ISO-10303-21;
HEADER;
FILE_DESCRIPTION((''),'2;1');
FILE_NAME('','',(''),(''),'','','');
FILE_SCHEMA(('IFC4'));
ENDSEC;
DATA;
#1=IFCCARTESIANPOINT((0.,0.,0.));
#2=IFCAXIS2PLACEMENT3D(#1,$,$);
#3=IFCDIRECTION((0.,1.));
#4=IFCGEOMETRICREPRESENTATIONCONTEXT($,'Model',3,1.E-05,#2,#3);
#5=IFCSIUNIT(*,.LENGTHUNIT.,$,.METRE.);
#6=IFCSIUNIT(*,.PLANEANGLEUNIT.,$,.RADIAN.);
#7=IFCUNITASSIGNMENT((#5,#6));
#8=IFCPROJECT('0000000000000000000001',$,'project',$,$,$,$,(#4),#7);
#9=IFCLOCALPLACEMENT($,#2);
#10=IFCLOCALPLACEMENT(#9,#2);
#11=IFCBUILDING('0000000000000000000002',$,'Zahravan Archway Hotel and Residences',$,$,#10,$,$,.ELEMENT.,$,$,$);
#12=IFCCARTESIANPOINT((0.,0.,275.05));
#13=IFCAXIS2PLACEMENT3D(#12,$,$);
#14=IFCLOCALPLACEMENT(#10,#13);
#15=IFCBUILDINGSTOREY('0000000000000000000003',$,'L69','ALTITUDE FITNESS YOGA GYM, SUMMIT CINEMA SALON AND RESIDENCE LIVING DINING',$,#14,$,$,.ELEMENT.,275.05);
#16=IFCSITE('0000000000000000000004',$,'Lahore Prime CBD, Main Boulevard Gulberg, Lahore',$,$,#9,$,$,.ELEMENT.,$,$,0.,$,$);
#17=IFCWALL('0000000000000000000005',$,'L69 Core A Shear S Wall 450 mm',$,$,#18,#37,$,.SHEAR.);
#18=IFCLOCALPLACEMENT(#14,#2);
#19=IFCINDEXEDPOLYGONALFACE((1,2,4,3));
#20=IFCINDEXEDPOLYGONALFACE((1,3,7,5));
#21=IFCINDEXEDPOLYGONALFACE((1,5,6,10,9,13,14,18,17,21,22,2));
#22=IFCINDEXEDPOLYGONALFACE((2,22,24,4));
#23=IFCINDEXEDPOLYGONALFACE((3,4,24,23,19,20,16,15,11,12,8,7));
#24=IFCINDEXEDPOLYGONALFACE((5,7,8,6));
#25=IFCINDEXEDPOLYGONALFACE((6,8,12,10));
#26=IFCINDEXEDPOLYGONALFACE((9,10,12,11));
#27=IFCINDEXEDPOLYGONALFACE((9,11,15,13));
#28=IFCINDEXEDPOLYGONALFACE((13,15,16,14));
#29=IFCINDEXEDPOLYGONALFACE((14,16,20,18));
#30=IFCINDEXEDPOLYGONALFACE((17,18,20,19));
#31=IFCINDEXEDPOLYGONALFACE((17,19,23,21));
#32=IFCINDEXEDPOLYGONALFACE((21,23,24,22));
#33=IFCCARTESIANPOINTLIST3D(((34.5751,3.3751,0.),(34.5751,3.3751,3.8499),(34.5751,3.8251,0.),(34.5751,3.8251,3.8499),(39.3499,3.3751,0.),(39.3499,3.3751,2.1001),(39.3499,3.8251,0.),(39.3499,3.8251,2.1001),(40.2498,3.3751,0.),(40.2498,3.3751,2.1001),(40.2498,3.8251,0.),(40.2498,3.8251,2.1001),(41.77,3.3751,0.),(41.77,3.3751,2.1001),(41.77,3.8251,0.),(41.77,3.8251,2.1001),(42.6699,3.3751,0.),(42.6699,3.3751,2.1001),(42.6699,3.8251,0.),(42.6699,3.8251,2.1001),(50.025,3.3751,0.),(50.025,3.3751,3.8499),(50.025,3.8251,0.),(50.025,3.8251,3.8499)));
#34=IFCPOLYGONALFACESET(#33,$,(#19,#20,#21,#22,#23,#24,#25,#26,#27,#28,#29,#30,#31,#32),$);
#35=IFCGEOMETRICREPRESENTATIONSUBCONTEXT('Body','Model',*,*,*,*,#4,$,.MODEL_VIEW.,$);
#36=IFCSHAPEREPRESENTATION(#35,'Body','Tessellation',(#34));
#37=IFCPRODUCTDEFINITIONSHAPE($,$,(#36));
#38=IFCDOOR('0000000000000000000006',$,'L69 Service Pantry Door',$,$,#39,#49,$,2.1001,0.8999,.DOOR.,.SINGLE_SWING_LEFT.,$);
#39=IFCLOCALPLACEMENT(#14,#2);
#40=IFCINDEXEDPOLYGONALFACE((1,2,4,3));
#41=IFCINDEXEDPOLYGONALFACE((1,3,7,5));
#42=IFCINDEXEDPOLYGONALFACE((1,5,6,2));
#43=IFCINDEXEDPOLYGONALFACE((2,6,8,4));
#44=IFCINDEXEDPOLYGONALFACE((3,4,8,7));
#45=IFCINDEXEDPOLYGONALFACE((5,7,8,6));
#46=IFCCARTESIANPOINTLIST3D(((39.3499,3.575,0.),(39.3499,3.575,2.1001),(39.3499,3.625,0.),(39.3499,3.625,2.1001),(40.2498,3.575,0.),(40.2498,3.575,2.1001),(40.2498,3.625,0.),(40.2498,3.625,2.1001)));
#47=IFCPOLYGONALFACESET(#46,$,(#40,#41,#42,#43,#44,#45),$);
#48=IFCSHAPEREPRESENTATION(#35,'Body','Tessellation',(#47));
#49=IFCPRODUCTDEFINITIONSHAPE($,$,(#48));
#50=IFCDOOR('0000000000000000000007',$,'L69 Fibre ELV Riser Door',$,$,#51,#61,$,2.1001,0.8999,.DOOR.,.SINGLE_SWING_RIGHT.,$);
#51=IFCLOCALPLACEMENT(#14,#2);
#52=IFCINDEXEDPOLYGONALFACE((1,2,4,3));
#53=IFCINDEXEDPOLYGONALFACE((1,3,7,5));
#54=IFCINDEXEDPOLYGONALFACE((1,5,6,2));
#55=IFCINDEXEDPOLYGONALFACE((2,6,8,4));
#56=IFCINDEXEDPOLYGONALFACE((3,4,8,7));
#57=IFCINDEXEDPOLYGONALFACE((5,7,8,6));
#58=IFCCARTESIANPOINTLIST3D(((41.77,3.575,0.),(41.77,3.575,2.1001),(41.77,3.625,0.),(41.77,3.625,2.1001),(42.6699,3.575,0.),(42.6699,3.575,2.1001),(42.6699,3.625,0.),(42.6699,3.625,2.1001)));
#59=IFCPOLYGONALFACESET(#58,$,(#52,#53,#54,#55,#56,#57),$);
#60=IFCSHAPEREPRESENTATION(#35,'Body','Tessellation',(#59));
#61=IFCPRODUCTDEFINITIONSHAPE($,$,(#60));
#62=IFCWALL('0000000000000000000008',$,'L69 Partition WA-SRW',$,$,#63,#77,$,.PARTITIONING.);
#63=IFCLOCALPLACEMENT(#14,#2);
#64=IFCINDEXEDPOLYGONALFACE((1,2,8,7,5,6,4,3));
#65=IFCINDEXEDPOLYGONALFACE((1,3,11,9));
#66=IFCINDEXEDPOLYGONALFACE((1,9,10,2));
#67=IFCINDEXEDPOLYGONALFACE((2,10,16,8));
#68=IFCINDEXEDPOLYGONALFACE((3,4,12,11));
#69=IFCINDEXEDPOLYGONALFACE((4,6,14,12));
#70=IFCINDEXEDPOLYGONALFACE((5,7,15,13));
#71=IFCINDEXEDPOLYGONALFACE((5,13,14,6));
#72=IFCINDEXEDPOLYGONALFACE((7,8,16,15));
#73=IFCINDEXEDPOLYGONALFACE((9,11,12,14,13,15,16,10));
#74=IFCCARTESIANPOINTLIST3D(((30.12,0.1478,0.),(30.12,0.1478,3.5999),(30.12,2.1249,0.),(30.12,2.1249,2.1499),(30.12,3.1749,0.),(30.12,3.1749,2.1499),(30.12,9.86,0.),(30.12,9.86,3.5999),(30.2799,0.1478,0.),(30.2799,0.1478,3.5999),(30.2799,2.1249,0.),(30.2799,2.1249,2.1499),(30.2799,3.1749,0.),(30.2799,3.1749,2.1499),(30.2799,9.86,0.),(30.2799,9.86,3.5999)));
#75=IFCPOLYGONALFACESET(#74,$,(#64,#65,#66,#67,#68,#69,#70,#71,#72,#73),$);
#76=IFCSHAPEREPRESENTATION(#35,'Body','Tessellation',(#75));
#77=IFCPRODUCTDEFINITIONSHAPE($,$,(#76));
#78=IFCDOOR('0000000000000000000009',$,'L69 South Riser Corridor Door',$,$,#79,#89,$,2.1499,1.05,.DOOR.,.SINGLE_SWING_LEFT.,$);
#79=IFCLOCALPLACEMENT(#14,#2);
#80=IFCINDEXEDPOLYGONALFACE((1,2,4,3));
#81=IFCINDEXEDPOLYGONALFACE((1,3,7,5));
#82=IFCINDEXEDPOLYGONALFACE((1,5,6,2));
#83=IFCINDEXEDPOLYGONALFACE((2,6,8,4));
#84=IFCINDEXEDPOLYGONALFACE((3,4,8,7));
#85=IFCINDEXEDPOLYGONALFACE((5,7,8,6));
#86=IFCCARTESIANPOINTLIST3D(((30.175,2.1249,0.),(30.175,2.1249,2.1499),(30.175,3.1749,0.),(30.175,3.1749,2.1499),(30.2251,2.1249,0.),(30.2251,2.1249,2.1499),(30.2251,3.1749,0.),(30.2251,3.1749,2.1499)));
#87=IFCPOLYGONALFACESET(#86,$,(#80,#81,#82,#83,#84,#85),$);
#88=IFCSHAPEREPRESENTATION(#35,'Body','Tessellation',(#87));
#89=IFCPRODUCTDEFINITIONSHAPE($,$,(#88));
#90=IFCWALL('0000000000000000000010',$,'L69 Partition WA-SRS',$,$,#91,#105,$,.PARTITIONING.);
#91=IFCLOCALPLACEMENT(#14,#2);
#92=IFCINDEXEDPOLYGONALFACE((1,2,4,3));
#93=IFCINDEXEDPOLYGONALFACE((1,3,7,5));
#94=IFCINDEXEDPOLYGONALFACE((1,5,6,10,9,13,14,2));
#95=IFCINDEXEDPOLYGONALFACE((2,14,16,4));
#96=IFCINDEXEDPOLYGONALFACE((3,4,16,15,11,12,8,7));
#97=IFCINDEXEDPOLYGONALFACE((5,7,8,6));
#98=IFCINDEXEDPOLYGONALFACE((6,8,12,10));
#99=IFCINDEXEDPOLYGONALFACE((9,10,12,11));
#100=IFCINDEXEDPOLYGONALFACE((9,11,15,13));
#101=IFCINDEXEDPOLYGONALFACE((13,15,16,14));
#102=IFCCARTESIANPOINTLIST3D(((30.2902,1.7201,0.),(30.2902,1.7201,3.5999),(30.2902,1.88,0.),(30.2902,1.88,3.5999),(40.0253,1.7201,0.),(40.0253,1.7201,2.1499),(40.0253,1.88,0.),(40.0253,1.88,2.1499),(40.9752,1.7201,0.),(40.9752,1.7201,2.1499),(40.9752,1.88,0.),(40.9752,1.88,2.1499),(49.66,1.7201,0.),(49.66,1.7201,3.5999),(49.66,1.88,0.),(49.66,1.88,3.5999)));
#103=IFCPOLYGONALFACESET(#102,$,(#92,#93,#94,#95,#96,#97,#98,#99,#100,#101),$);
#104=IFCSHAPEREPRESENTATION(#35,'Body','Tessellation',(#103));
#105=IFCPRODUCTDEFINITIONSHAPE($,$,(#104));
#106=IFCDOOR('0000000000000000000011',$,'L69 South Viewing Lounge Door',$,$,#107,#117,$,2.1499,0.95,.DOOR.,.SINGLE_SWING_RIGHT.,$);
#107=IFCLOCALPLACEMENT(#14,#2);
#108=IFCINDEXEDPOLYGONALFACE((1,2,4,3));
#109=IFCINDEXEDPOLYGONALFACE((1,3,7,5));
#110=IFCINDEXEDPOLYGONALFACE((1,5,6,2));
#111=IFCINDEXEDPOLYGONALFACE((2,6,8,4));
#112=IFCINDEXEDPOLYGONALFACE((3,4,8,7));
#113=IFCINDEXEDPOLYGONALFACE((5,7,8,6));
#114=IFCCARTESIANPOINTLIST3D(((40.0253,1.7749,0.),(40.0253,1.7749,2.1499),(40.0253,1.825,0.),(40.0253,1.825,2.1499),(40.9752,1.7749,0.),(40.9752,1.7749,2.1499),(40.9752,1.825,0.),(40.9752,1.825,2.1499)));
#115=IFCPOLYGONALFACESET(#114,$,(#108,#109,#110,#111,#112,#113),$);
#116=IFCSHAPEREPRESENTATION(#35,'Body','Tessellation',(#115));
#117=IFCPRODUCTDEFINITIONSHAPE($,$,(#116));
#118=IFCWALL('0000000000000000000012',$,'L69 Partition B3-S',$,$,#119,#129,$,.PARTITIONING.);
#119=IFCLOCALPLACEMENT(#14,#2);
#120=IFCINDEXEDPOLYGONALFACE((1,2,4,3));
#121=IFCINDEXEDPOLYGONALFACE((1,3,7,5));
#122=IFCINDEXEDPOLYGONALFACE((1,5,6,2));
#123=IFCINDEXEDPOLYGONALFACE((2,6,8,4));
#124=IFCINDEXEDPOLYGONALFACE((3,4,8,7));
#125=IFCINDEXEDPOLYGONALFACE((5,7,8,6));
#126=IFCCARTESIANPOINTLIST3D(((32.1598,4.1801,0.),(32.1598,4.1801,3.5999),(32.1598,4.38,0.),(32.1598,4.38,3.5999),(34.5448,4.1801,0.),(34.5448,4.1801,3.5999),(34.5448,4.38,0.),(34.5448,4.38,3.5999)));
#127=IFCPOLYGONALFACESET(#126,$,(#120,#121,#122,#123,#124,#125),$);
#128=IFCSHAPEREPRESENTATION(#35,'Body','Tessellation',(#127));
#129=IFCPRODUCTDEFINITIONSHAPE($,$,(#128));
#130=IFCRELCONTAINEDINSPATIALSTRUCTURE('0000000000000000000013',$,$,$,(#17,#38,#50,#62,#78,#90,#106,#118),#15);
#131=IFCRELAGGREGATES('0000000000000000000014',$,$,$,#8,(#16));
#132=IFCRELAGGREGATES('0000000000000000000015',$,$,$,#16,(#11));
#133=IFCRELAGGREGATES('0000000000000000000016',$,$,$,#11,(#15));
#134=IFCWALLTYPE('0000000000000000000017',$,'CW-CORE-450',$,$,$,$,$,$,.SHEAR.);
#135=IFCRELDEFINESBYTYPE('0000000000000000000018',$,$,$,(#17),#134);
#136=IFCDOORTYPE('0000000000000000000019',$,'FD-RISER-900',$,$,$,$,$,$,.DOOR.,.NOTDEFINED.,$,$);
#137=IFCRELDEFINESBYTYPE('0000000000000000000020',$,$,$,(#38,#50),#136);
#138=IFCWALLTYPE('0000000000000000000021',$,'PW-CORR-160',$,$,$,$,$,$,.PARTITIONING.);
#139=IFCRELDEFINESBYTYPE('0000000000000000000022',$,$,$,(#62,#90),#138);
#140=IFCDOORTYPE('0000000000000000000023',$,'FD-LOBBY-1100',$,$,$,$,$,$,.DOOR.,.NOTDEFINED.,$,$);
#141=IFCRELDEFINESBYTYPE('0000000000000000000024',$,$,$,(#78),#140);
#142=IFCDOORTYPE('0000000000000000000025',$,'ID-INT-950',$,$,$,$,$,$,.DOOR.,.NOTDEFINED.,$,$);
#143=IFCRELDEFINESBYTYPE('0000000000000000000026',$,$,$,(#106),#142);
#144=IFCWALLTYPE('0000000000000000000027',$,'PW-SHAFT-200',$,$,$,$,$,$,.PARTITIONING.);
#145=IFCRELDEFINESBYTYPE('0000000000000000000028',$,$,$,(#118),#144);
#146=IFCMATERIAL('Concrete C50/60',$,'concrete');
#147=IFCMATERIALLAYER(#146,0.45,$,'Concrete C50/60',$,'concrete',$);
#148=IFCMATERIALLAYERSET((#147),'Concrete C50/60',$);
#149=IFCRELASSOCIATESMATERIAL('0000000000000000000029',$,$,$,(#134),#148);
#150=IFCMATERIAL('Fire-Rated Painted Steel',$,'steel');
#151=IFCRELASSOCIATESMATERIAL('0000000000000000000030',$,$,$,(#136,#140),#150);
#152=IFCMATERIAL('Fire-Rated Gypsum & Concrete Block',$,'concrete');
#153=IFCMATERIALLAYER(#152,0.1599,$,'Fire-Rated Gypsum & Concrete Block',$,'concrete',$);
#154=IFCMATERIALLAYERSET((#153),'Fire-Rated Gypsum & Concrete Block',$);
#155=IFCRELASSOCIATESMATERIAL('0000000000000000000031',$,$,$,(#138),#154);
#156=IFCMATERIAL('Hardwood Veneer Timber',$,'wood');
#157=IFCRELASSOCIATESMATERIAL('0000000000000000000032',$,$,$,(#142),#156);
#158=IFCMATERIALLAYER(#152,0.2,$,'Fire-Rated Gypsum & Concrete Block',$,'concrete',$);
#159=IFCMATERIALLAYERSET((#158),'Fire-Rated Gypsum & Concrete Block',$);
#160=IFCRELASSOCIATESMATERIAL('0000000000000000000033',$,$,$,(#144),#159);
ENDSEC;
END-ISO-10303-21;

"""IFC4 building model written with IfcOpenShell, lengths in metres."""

from ifc_helpers import new_model, si_unit, direction, frame, frame_2d, origin, place, context, subcontext, project, spatial, rectangle, extrude, source, transform, mapped, material, layer, layer_set, type_object, type_shapes, element, fill, save


model = new_model("IFC4")

# Units and contexts
model_context = context("Model", 3, precision=1e-05, world=origin(), true_north=direction((0.0, 1.0)))
body_context = subcontext(model_context, "Body", "Model", "MODEL_VIEW")
ifc_project = project(units=[si_unit("LENGTHUNIT", "METRE"), si_unit("PLANEANGLEUNIT", "RADIAN")], contexts=[model_context])

# Site, building, storey
site_placement = place(None, origin())
site = spatial("IfcSite", under=ifc_project, at=site_placement, Name="Lahore Prime CBD, Main Boulevard Gulberg, Lahore", CompositionType="ELEMENT", RefElevation=0.0)
building_placement = place(site_placement, origin())
building = spatial("IfcBuilding", under=site, at=building_placement, Name="Zahravan Archway Hotel and Residences", CompositionType="ELEMENT")
storey_placement = place(building_placement, frame((0.0, 0.0, 275.05)))
storey = spatial("IfcBuildingStorey", under=building, at=storey_placement, Name="L69", Description="ALTITUDE FITNESS YOGA GYM, SUMMIT CINEMA SALON AND RESIDENCE LIVING DINING", CompositionType="ELEMENT", Elevation=275.05)

# Shared definitions
ifc_material_1 = material(Name="Concrete C50/60", Category="concrete")

# Wall, openings, doors
ifc_layer_1 = layer(ifc_material_1, 0.45, Name="Concrete C50/60", Category="concrete")
ifc_layer_set_1 = layer_set([ifc_layer_1], Name="Concrete C50/60")
wall_type_1 = type_object("IfcWallType", Name="CW-CORE-450", PredefinedType="SHEAR", material=ifc_layer_set_1)
wall_1_placement = place(storey_placement, frame((34.575, 3.6001, 0.0), z_axis=(0.0, 0.0, 1.0), x_axis=(1.0, 0.0, 0.0)))
wall_1 = element("IfcWall", 1, at=wall_1_placement, inside=storey, type_object=wall_type_1, Name="L69 Core A Shear S Wall 450 mm", PredefinedType="SHEAR", context=body_context, shape_type="SweptSolid", body=[
    extrude(rectangle(XDim=15.45, YDim=0.45, at=frame_2d((7.7251, 0.0))), origin(), (0.0, 0.0, 1.0), 3.8499),
])
opening_1_placement = place(wall_1_placement, frame((4.7749, 0.0, 0.0)))
opening_1 = element("IfcOpeningElement", 2, at=opening_1_placement, cuts=wall_1, PredefinedType="OPENING", context=body_context, shape_type="SweptSolid", body=[
    extrude(rectangle(XDim=0.8999, YDim=2.1001, at=frame_2d((0.45, 1.05))), frame((0.0, 0.2349, 0.0), z_axis=(0.0, -1.0, 0.0), x_axis=(1.0, 0.0, 0.0)), (0.0, 0.0, 1.0), 0.47),
])
opening_2_placement = place(wall_1_placement, frame((7.1951, 0.0, 0.0)))
opening_2 = element("IfcOpeningElement", 3, at=opening_2_placement, cuts=wall_1, PredefinedType="OPENING", context=body_context, shape_type="SweptSolid", body=[
    extrude(rectangle(XDim=0.8999, YDim=2.1001, at=frame_2d((0.45, 1.05))), frame((0.0, 0.2349, 0.0), z_axis=(0.0, -1.0, 0.0), x_axis=(1.0, 0.0, 0.0)), (0.0, 0.0, 1.0), 0.47),
])
ifc_material_2 = material(Name="Fire-Rated Painted Steel", Category="steel")
door_type_1 = type_object("IfcDoorType", Name="FD-RISER-900", OperationType="NOTDEFINED", PredefinedType="DOOR", material=ifc_material_2)
shared_shape_1 = source(origin(), body_context, "Body", "SweptSolid", [
    extrude(rectangle(XDim=0.8999, YDim=2.1001, at=frame_2d((0.45, 1.05))), frame((0.0, 0.0249, 0.0), z_axis=(0.0, -1.0, 0.0), x_axis=(1.0, 0.0, 0.0)), (0.0, 0.0, 1.0), 0.05),
])
type_shapes(door_type_1, [shared_shape_1])
door_1_placement = place(opening_1_placement, origin())
door_1 = element("IfcDoor", 4, at=door_1_placement, inside=storey, type_object=door_type_1, Name="L69 Service Pantry Door", OperationType="SINGLE_SWING_LEFT", OverallHeight=2.1001, OverallWidth=0.8999, PredefinedType="DOOR", context=body_context, shape_type="MappedRepresentation", body=[
    mapped(shared_shape_1, transform((0.0, 0.0, 0.0), scale=1.0)),
])
fill(opening_1, door_1)
door_2_placement = place(opening_2_placement, origin())
door_2 = element("IfcDoor", 5, at=door_2_placement, inside=storey, type_object=door_type_1, Name="L69 Fibre ELV Riser Door", OperationType="SINGLE_SWING_RIGHT", OverallHeight=2.1001, OverallWidth=0.8999, PredefinedType="DOOR", context=body_context, shape_type="MappedRepresentation", body=[
    mapped(shared_shape_1, transform((0.0, 0.0, 0.0), scale=1.0)),
])
fill(opening_2, door_2)

# Walls, openings, doors
ifc_material_3 = material(Name="Fire-Rated Gypsum & Concrete Block", Category="concrete")
ifc_layer_2 = layer(ifc_material_3, 0.1599, Name="Fire-Rated Gypsum & Concrete Block", Category="concrete")
ifc_layer_set_2 = layer_set([ifc_layer_2], Name="Fire-Rated Gypsum & Concrete Block")
wall_type_2 = type_object("IfcWallType", Name="PW-CORR-160", PredefinedType="PARTITIONING", material=ifc_layer_set_2)
wall_2_placement = place(storey_placement, frame((30.2, 0.1479, 0.0), z_axis=(0.0, 0.0, 1.0), x_axis=(0.0, 1.0, 0.0)))
wall_2 = element("IfcWall", 6, at=wall_2_placement, inside=storey, type_object=wall_type_2, Name="L69 Partition WA-SRW", PredefinedType="PARTITIONING", context=body_context, shape_type="SweptSolid", body=[
    extrude(rectangle(XDim=9.7122, YDim=0.1599, at=frame_2d((4.856, 0.0))), origin(), (0.0, 0.0, 1.0), 3.5999),
])
opening_3_placement = place(wall_2_placement, frame((1.9771, 0.0, 0.0)))
opening_3 = element("IfcOpeningElement", 7, at=opening_3_placement, cuts=wall_2, PredefinedType="OPENING", context=body_context, shape_type="SweptSolid", body=[
    extrude(rectangle(XDim=1.05, YDim=2.1499, at=frame_2d((0.5249, 1.075))), frame((0.0, 0.0898, 0.0), z_axis=(0.0, -1.0, 0.0), x_axis=(1.0, 0.0, 0.0)), (0.0, 0.0, 1.0), 0.1799),
])
door_type_2 = type_object("IfcDoorType", Name="FD-LOBBY-1100", OperationType="NOTDEFINED", PredefinedType="DOOR", material=ifc_material_2)
shared_shape_2 = source(origin(), body_context, "Body", "SweptSolid", [
    extrude(rectangle(XDim=1.05, YDim=2.1499, at=frame_2d((0.5249, 1.075))), frame((0.0, 0.0249, 0.0), z_axis=(0.0, -1.0, 0.0), x_axis=(1.0, 0.0, 0.0)), (0.0, 0.0, 1.0), 0.05),
])
type_shapes(door_type_2, [shared_shape_2])
door_3_placement = place(opening_3_placement, origin())
door_3 = element("IfcDoor", 8, at=door_3_placement, inside=storey, type_object=door_type_2, Name="L69 South Riser Corridor Door", OperationType="SINGLE_SWING_LEFT", OverallHeight=2.1499, OverallWidth=1.05, PredefinedType="DOOR", context=body_context, shape_type="MappedRepresentation", body=[
    mapped(shared_shape_2, transform((0.0, 0.0, 0.0), scale=1.0)),
])
fill(opening_3, door_3)
wall_3_placement = place(storey_placement, frame((30.29, 1.8, 0.0), z_axis=(0.0, 0.0, 1.0), x_axis=(1.0, 0.0, 0.0)))
wall_3 = element("IfcWall", 9, at=wall_3_placement, inside=storey, type_object=wall_type_2, Name="L69 Partition WA-SRS", PredefinedType="PARTITIONING", context=body_context, shape_type="SweptSolid", body=[
    extrude(rectangle(XDim=19.3699, YDim=0.1599, at=frame_2d((9.6851, 0.0))), origin(), (0.0, 0.0, 1.0), 3.5999),
])
opening_4_placement = place(wall_3_placement, frame((9.7351, 0.0, 0.0)))
opening_4 = element("IfcOpeningElement", 10, at=opening_4_placement, cuts=wall_3, PredefinedType="OPENING", context=body_context, shape_type="SweptSolid", body=[
    extrude(rectangle(XDim=0.95, YDim=2.1499, at=frame_2d((0.4751, 1.075))), frame((0.0, 0.0898, 0.0), z_axis=(0.0, -1.0, 0.0), x_axis=(1.0, 0.0, 0.0)), (0.0, 0.0, 1.0), 0.1799),
])
ifc_material_4 = material(Name="Hardwood Veneer Timber", Category="wood")
door_type_3 = type_object("IfcDoorType", Name="ID-INT-950", OperationType="NOTDEFINED", PredefinedType="DOOR", material=ifc_material_4)
shared_shape_3 = source(origin(), body_context, "Body", "SweptSolid", [
    extrude(rectangle(XDim=0.95, YDim=2.1499, at=frame_2d((0.4751, 1.075))), frame((0.0, 0.0249, 0.0), z_axis=(0.0, -1.0, 0.0), x_axis=(1.0, 0.0, 0.0)), (0.0, 0.0, 1.0), 0.05),
])
type_shapes(door_type_3, [shared_shape_3])
door_4_placement = place(opening_4_placement, origin())
door_4 = element("IfcDoor", 11, at=door_4_placement, inside=storey, type_object=door_type_3, Name="L69 South Viewing Lounge Door", OperationType="SINGLE_SWING_RIGHT", OverallHeight=2.1499, OverallWidth=0.95, PredefinedType="DOOR", context=body_context, shape_type="MappedRepresentation", body=[
    mapped(shared_shape_3, transform((0.0, 0.0, 0.0), scale=1.0)),
])
fill(opening_4, door_4)

# Wall
ifc_layer_3 = layer(ifc_material_3, 0.2, Name="Fire-Rated Gypsum & Concrete Block", Category="concrete")
ifc_layer_set_3 = layer_set([ifc_layer_3], Name="Fire-Rated Gypsum & Concrete Block")
wall_type_3 = type_object("IfcWallType", Name="PW-SHAFT-200", PredefinedType="PARTITIONING", material=ifc_layer_set_3)
wall_4_placement = place(storey_placement, frame((32.1599, 4.28, 0.0), z_axis=(0.0, 0.0, 1.0), x_axis=(1.0, 0.0, 0.0)))
element("IfcWall", 12, at=wall_4_placement, inside=storey, type_object=wall_type_3, Name="L69 Partition B3-S", PredefinedType="PARTITIONING", context=body_context, shape_type="SweptSolid", body=[
    extrude(rectangle(XDim=2.385, YDim=0.2, at=frame_2d((1.1924, 0.0))), origin(), (0.0, 0.0, 1.0), 3.5999),
])

save(model, "model.ifc")
